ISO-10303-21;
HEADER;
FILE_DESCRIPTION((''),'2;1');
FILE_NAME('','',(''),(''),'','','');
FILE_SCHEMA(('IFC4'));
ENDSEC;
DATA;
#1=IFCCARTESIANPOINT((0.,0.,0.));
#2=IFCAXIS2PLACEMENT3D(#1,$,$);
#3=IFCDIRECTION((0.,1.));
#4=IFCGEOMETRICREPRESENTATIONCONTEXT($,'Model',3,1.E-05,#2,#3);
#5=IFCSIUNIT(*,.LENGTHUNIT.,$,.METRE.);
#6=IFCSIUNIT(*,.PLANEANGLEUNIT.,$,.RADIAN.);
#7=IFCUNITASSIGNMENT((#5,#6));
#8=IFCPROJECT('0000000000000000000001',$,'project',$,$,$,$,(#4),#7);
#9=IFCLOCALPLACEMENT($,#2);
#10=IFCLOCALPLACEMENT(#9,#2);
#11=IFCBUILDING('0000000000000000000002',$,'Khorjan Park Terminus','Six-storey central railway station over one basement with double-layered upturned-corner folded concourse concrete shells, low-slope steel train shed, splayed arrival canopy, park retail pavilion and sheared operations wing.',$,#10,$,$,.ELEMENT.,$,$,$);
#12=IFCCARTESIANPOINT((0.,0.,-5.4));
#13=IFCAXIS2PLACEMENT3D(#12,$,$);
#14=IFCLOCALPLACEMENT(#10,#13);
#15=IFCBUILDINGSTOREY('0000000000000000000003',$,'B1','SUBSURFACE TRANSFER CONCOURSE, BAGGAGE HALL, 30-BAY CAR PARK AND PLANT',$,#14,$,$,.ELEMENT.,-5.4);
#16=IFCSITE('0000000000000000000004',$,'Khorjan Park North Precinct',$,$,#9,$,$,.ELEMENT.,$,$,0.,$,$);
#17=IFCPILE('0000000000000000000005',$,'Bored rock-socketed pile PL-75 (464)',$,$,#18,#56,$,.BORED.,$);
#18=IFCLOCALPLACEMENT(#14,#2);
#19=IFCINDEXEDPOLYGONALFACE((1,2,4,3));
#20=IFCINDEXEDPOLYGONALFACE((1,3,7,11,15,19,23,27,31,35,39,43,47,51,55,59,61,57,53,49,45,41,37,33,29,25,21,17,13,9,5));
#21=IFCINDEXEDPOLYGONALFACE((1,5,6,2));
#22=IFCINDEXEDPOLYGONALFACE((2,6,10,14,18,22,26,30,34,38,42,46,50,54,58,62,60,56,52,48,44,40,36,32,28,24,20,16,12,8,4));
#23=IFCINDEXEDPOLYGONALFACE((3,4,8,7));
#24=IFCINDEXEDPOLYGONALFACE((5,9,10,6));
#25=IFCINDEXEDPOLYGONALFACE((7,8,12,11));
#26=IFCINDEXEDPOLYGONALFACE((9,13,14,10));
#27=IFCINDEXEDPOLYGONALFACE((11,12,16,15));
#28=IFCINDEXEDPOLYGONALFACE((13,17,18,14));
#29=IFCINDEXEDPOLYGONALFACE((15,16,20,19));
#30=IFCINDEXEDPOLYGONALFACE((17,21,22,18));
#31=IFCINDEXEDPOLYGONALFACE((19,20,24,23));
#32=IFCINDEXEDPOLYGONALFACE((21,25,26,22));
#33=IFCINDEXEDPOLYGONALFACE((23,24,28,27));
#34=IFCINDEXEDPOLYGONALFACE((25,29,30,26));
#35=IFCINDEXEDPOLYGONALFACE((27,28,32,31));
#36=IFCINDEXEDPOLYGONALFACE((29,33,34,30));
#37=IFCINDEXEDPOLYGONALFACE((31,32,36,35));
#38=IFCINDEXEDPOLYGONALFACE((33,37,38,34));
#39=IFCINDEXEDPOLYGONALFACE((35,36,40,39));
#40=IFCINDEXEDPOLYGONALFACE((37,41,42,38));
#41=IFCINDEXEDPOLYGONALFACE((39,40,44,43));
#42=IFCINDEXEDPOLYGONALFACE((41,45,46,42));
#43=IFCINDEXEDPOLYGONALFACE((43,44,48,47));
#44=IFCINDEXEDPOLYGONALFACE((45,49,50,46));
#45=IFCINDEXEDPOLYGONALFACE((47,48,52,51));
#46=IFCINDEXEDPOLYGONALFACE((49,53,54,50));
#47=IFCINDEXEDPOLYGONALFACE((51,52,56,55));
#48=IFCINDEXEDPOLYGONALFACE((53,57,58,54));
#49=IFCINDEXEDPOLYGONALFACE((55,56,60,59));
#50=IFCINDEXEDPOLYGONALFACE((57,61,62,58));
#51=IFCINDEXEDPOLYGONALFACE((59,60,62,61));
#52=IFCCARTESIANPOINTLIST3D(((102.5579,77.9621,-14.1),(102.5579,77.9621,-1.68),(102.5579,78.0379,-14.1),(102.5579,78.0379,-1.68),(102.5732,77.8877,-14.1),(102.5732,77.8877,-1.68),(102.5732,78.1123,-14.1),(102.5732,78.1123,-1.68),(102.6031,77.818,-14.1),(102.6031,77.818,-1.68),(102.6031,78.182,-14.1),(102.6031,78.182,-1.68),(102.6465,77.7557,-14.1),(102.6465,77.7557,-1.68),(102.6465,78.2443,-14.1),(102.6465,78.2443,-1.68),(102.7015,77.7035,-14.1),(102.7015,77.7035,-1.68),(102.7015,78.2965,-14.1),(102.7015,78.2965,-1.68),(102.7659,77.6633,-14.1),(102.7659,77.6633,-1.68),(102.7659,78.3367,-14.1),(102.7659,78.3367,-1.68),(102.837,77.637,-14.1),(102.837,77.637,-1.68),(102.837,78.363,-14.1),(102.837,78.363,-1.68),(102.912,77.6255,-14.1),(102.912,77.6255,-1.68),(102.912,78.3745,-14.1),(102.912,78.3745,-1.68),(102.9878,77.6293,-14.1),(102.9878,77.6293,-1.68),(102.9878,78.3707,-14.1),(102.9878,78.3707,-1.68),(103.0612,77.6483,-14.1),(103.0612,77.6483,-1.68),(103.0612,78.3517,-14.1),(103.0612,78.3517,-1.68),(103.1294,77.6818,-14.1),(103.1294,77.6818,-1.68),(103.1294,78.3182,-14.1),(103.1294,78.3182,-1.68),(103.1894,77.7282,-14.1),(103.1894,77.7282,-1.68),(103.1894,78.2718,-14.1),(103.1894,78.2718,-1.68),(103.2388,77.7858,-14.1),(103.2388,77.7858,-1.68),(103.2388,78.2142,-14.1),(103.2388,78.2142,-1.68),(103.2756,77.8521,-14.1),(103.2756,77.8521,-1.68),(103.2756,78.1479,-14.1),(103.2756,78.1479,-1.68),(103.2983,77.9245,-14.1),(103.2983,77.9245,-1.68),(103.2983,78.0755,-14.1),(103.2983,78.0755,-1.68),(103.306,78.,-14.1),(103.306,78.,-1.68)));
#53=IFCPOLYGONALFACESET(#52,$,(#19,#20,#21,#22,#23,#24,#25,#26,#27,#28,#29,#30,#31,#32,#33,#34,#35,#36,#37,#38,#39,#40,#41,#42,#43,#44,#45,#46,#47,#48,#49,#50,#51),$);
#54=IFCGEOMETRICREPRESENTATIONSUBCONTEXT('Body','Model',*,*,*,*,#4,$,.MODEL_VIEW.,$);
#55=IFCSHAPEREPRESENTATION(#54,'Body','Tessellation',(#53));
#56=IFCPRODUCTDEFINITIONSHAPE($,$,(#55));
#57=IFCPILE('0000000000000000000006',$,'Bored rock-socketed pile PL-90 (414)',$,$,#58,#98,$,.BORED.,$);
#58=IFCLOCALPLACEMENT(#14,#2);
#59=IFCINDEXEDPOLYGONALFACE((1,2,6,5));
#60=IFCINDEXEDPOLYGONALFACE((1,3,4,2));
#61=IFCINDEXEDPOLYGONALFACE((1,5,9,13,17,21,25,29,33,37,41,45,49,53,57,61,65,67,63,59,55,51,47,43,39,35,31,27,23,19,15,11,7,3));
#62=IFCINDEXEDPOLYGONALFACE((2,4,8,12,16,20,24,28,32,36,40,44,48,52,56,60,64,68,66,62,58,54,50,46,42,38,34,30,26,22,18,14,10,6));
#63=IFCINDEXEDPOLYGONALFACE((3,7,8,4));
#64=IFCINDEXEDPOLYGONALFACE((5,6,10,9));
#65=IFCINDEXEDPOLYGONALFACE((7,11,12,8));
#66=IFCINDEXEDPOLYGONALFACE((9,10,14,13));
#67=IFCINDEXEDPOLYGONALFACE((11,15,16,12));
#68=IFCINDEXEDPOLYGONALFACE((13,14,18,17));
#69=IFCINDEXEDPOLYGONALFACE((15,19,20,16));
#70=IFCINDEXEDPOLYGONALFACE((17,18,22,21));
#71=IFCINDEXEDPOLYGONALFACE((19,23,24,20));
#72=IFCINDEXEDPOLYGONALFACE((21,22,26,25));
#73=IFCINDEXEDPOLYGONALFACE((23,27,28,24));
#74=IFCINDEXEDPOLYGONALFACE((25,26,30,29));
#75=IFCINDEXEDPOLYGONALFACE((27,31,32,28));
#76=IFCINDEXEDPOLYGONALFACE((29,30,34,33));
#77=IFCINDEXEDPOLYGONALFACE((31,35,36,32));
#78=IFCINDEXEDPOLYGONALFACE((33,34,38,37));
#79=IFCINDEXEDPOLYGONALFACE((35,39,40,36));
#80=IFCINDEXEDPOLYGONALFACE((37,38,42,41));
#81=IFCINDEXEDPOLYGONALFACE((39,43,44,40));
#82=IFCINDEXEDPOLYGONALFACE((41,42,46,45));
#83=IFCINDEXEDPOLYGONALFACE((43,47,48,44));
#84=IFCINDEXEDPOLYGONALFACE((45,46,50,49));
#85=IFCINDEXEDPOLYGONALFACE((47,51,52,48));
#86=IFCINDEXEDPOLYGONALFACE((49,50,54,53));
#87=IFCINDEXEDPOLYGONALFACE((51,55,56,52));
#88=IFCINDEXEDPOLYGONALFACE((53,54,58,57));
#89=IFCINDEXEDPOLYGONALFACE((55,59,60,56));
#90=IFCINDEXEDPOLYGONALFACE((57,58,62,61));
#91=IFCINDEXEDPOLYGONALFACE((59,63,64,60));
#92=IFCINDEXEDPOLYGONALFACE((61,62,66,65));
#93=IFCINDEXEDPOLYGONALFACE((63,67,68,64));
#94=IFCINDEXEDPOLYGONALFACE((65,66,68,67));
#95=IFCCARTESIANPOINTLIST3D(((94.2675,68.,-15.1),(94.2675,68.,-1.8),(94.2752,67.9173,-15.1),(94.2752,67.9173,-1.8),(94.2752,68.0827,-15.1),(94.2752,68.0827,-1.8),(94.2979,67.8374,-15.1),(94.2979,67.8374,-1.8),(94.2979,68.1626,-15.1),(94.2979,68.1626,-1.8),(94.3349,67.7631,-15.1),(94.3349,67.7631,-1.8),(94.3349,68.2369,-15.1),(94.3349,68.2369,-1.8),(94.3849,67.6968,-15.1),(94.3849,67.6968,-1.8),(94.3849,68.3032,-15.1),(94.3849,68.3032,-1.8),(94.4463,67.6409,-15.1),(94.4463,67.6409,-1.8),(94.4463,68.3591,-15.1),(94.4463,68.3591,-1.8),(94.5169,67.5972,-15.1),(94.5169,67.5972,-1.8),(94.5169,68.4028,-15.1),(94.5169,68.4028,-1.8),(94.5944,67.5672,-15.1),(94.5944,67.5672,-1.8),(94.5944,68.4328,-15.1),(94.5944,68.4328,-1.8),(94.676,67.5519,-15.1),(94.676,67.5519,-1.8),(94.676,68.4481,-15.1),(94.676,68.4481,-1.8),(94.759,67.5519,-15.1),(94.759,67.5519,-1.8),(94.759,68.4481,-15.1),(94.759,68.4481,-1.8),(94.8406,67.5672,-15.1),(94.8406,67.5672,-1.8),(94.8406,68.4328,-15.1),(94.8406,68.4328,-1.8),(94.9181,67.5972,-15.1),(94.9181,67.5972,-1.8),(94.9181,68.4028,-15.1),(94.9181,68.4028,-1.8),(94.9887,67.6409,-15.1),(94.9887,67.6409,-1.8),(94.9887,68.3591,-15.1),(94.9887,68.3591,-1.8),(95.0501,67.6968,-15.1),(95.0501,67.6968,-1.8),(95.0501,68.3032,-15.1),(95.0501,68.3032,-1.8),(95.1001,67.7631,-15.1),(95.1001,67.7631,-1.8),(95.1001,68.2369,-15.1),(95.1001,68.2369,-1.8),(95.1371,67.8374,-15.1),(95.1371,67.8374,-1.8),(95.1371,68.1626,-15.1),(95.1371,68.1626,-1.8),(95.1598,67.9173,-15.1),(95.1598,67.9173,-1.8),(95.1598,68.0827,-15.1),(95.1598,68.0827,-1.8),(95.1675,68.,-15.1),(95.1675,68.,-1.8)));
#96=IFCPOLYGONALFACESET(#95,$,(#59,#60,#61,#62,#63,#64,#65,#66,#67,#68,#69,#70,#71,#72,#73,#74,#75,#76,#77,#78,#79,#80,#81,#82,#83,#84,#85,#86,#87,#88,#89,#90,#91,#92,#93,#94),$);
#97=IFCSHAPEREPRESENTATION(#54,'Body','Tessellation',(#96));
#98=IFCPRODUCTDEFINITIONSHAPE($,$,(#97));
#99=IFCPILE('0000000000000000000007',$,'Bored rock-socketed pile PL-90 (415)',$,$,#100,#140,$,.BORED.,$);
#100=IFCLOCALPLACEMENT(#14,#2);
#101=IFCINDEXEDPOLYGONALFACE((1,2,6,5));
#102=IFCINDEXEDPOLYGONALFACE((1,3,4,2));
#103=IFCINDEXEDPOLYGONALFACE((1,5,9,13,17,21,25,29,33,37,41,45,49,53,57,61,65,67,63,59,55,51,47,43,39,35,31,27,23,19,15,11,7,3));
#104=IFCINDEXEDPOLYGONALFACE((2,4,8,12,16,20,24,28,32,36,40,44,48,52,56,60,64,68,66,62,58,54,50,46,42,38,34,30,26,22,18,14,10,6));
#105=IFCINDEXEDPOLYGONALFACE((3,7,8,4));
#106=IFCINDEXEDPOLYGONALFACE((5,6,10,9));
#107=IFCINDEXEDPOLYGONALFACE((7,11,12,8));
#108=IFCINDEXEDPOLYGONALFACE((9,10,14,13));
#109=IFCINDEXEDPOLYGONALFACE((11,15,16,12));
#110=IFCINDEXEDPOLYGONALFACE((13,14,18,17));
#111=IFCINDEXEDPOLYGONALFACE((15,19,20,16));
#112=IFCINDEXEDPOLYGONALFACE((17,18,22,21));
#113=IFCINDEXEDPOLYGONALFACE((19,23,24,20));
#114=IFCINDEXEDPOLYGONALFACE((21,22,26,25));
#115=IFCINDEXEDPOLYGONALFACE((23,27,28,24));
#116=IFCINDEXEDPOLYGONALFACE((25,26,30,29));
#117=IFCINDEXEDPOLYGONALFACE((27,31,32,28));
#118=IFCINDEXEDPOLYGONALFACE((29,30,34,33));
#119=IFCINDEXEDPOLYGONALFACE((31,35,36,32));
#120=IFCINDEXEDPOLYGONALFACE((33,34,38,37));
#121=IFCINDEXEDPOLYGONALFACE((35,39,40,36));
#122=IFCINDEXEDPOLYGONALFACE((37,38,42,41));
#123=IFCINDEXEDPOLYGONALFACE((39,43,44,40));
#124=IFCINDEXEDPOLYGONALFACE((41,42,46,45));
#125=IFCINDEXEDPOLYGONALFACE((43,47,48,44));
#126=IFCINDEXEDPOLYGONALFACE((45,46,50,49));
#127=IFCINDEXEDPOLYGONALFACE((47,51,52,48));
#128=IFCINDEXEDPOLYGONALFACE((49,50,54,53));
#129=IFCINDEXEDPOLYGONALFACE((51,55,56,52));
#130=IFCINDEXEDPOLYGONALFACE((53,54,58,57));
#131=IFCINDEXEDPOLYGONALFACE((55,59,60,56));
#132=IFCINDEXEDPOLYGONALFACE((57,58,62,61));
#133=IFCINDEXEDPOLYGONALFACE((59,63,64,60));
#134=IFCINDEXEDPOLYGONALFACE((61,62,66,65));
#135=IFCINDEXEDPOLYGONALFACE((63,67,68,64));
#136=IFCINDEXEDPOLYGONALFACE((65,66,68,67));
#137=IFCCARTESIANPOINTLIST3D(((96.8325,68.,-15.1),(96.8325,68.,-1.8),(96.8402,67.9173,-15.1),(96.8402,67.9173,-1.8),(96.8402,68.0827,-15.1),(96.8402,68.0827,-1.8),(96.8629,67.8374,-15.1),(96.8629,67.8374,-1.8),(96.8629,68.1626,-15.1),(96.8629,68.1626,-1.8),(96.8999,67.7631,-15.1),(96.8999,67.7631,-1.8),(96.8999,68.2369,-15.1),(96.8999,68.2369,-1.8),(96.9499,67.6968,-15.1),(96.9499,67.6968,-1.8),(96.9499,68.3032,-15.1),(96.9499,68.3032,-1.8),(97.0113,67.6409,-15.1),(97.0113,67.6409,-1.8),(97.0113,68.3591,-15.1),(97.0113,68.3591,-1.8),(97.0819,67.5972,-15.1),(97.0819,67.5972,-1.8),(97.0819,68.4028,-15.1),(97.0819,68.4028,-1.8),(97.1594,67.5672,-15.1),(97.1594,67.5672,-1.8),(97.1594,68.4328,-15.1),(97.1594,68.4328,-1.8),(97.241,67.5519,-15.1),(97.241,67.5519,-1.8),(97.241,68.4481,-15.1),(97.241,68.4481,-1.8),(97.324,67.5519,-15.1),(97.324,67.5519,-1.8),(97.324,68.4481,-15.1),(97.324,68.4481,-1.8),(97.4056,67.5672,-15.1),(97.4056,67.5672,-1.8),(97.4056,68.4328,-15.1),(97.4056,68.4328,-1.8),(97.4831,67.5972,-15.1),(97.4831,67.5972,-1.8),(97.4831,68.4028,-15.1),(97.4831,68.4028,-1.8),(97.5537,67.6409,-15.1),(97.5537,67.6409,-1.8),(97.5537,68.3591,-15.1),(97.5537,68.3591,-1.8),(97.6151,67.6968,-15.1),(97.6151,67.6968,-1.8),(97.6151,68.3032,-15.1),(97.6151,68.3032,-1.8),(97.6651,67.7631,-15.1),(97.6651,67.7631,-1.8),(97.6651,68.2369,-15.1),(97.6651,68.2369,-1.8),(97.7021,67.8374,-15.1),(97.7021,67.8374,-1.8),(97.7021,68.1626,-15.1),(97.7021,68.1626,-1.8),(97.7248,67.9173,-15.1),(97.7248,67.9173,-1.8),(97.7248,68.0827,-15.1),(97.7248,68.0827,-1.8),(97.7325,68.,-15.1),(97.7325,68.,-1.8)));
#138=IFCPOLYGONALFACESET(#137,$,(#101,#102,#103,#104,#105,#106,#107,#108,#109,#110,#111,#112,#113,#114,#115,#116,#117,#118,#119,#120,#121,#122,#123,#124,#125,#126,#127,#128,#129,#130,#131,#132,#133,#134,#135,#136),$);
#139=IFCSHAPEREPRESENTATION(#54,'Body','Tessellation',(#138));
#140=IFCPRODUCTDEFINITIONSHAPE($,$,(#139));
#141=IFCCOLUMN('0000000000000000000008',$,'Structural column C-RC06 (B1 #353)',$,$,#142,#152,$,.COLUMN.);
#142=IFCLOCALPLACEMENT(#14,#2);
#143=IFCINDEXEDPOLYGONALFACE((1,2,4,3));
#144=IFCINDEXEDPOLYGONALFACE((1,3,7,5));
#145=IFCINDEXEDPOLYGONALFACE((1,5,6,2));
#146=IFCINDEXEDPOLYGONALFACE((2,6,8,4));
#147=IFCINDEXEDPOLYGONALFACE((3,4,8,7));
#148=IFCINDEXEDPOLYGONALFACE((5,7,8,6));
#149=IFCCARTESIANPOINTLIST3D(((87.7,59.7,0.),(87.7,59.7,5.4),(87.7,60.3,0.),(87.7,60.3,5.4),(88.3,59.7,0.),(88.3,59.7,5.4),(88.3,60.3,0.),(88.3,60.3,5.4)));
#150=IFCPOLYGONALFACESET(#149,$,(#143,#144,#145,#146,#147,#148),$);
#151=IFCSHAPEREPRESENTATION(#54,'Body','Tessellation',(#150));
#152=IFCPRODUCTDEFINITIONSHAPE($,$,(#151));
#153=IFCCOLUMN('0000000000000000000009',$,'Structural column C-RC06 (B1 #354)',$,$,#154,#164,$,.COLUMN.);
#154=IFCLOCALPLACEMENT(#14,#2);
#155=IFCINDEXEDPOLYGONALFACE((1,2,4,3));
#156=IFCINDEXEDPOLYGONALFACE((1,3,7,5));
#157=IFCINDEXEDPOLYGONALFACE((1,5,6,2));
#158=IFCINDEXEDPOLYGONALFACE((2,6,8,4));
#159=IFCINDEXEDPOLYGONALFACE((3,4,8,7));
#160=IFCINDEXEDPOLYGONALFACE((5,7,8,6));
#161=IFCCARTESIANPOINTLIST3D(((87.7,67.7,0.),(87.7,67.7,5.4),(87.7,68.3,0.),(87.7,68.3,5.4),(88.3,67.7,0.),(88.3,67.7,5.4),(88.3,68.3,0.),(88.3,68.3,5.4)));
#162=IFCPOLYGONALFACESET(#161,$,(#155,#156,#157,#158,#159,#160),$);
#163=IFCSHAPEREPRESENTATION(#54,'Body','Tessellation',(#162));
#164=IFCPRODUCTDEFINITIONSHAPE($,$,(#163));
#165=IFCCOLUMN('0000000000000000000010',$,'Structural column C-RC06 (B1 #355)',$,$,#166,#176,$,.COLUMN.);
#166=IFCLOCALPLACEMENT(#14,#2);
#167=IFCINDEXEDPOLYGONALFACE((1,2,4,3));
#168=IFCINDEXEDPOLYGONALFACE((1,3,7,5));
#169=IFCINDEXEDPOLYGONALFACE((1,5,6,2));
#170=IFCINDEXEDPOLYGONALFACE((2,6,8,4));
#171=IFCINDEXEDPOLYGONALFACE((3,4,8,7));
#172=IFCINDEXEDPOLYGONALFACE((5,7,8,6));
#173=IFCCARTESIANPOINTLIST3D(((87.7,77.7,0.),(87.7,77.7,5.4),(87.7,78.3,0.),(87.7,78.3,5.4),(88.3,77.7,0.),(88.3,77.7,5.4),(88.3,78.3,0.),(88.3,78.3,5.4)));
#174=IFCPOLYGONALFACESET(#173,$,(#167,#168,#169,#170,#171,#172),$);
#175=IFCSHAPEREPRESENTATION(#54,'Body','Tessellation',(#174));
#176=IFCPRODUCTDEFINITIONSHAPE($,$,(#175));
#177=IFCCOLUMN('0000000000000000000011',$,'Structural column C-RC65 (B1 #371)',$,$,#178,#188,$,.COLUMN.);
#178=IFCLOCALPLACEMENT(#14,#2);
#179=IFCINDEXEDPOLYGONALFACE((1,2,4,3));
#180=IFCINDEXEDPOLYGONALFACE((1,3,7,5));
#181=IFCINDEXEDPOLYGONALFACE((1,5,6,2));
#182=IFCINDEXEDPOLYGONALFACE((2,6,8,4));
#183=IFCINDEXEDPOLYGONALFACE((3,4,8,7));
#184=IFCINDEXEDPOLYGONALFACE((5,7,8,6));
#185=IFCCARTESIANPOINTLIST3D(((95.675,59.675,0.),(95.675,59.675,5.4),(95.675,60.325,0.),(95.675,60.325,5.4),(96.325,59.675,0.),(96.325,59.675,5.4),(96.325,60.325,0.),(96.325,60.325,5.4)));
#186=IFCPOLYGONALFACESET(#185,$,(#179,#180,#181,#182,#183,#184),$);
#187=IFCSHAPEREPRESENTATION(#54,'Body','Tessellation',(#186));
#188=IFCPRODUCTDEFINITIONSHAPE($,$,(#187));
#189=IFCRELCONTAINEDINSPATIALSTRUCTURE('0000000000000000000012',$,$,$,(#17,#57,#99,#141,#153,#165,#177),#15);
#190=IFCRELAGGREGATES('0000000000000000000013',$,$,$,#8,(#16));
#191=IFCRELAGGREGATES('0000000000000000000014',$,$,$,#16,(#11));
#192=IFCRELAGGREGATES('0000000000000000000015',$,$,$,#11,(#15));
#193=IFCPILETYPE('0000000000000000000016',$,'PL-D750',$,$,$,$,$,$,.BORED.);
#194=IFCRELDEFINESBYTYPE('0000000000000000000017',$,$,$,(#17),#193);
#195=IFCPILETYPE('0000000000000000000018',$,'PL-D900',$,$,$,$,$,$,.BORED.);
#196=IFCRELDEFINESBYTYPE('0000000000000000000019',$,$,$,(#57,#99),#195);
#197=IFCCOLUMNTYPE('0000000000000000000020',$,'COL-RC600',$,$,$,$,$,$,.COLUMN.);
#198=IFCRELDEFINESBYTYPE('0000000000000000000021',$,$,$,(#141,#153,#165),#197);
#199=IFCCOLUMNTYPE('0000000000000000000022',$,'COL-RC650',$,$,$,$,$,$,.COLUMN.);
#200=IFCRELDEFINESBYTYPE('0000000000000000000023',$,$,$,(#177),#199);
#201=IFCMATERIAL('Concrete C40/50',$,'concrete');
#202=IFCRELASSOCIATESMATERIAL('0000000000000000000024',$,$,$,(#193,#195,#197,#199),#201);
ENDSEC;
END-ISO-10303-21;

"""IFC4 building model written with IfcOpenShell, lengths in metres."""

from ifc_helpers import new_model, si_unit, direction, frame, origin, origin_2d, place, context, subcontext, project, spatial, rectangle, circle, extrude, material, material_profile, profile_set, type_object, element, save


model = new_model("IFC4")

# Units and contexts
model_context = context("Model", 3, precision=1e-05, world=origin(), true_north=direction((0.0, 1.0)))
body_context = subcontext(model_context, "Body", "Model", "MODEL_VIEW")
ifc_project = project(units=[si_unit("LENGTHUNIT", "METRE"), si_unit("PLANEANGLEUNIT", "RADIAN")], contexts=[model_context])

# Site, building, storey
site_placement = place(None, origin())
site = spatial("IfcSite", under=ifc_project, at=site_placement, Name="Khorjan Park North Precinct", CompositionType="ELEMENT", RefElevation=0.0)
building_placement = place(site_placement, origin())
building = spatial("IfcBuilding", under=site, at=building_placement, Name="Khorjan Park Terminus", Description="Six-storey central railway station over one basement with double-layered upturned-corner folded concourse concrete shells, low-slope steel train shed, splayed arrival canopy, park retail pavilion and sheared operations wing.", CompositionType="ELEMENT")
storey_placement = place(building_placement, frame((0.0, 0.0, -5.4)))
storey = spatial("IfcBuildingStorey", under=building, at=storey_placement, Name="B1", Description="SUBSURFACE TRANSFER CONCOURSE, BAGGAGE HALL, 30-BAY CAR PARK AND PLANT", CompositionType="ELEMENT", Elevation=-5.4)

# Shared definitions
ifc_material_1 = material(Name="Concrete C40/50", Category="concrete")

# Piles
ifc_material_profile_1 = material_profile(ifc_material_1, circle(Radius=0.375, at=origin_2d()), Name="BORED D750")
ifc_profile_set_1 = profile_set([ifc_material_profile_1], Name="Concrete C40/50")
pile_type_1 = type_object("IfcPileType", Name="PL-D750", PredefinedType="BORED", material=ifc_profile_set_1)
pile_1_placement = place(storey_placement, frame((102.931, 78.0, -1.68), z_axis=(0.0, 0.0, -1.0), x_axis=(1.0, 0.0, 0.0)))
element("IfcPile", 1, at=pile_1_placement, inside=storey, type_object=pile_type_1, Name="Bored rock-socketed pile PL-75 (464)", PredefinedType="BORED", context=body_context, shape_type="SweptSolid", body=[
    extrude(circle(Radius=0.375, at=origin_2d()), origin(), (0.0, 0.0, 1.0), 12.42),
])
ifc_material_profile_2 = material_profile(ifc_material_1, circle(Radius=0.45, at=origin_2d()), Name="BORED D900")
ifc_profile_set_2 = profile_set([ifc_material_profile_2], Name="Concrete C40/50")
pile_type_2 = type_object("IfcPileType", Name="PL-D900", PredefinedType="BORED", material=ifc_profile_set_2)
for number, where, z_axis, x_axis, name in (
    (2, (94.7175, 68.0, -1.8), (0.0, 0.0, -1.0), (1.0, 0.0, 0.0), "Bored rock-socketed pile PL-90 (414)"),
    (3, (97.2825, 68.0, -1.8), (0.0, 0.0, -1.0), (1.0, 0.0, 0.0), "Bored rock-socketed pile PL-90 (415)"),
):
    element("IfcPile", number, at=place(storey_placement, frame(where, z_axis=z_axis, x_axis=x_axis)), inside=storey, type_object=pile_type_2, Name=name, PredefinedType="BORED", context=body_context, shape_type="SweptSolid", body=[
        extrude(circle(Radius=0.45, at=origin_2d()), origin(), (0.0, 0.0, 1.0), 13.3),
    ])

# Columns
ifc_material_profile_3 = material_profile(ifc_material_1, rectangle(XDim=0.6, YDim=0.6, at=origin_2d()), Name="RC 600x600")
ifc_profile_set_3 = profile_set([ifc_material_profile_3], Name="Concrete C40/50")
column_type_1 = type_object("IfcColumnType", Name="COL-RC600", PredefinedType="COLUMN", material=ifc_profile_set_3)
for number, where, z_axis, x_axis, name in (
    (4, (88.0, 60.0, 0.0), (0.0, 0.0, 1.0), (1.0, 0.0, 0.0), "Structural column C-RC06 (B1 #353)"),
    (5, (88.0, 68.0, 0.0), (0.0, 0.0, 1.0), (1.0, 0.0, 0.0), "Structural column C-RC06 (B1 #354)"),
    (6, (88.0, 78.0, 0.0), (0.0, 0.0, 1.0), (1.0, 0.0, 0.0), "Structural column C-RC06 (B1 #355)"),
):
    element("IfcColumn", number, at=place(storey_placement, frame(where, z_axis=z_axis, x_axis=x_axis)), inside=storey, type_object=column_type_1, Name=name, PredefinedType="COLUMN", context=body_context, shape_type="SweptSolid", body=[
        extrude(rectangle(XDim=0.6, YDim=0.6, at=origin_2d()), origin(), (0.0, 0.0, 1.0), 5.4),
    ])
ifc_material_profile_4 = material_profile(ifc_material_1, rectangle(XDim=0.65, YDim=0.65, at=origin_2d()), Name="RC 650x650")
ifc_profile_set_4 = profile_set([ifc_material_profile_4], Name="Concrete C40/50")
column_type_2 = type_object("IfcColumnType", Name="COL-RC650", PredefinedType="COLUMN", material=ifc_profile_set_4)
column_1_placement = place(storey_placement, frame((96.0, 60.0, 0.0), z_axis=(0.0, 0.0, 1.0), x_axis=(1.0, 0.0, 0.0)))
element("IfcColumn", 7, at=column_1_placement, inside=storey, type_object=column_type_2, Name="Structural column C-RC65 (B1 #371)", PredefinedType="COLUMN", context=body_context, shape_type="SweptSolid", body=[
    extrude(rectangle(XDim=0.65, YDim=0.65, at=origin_2d()), origin(), (0.0, 0.0, 1.0), 5.4),
])

save(model, "model.ifc")
